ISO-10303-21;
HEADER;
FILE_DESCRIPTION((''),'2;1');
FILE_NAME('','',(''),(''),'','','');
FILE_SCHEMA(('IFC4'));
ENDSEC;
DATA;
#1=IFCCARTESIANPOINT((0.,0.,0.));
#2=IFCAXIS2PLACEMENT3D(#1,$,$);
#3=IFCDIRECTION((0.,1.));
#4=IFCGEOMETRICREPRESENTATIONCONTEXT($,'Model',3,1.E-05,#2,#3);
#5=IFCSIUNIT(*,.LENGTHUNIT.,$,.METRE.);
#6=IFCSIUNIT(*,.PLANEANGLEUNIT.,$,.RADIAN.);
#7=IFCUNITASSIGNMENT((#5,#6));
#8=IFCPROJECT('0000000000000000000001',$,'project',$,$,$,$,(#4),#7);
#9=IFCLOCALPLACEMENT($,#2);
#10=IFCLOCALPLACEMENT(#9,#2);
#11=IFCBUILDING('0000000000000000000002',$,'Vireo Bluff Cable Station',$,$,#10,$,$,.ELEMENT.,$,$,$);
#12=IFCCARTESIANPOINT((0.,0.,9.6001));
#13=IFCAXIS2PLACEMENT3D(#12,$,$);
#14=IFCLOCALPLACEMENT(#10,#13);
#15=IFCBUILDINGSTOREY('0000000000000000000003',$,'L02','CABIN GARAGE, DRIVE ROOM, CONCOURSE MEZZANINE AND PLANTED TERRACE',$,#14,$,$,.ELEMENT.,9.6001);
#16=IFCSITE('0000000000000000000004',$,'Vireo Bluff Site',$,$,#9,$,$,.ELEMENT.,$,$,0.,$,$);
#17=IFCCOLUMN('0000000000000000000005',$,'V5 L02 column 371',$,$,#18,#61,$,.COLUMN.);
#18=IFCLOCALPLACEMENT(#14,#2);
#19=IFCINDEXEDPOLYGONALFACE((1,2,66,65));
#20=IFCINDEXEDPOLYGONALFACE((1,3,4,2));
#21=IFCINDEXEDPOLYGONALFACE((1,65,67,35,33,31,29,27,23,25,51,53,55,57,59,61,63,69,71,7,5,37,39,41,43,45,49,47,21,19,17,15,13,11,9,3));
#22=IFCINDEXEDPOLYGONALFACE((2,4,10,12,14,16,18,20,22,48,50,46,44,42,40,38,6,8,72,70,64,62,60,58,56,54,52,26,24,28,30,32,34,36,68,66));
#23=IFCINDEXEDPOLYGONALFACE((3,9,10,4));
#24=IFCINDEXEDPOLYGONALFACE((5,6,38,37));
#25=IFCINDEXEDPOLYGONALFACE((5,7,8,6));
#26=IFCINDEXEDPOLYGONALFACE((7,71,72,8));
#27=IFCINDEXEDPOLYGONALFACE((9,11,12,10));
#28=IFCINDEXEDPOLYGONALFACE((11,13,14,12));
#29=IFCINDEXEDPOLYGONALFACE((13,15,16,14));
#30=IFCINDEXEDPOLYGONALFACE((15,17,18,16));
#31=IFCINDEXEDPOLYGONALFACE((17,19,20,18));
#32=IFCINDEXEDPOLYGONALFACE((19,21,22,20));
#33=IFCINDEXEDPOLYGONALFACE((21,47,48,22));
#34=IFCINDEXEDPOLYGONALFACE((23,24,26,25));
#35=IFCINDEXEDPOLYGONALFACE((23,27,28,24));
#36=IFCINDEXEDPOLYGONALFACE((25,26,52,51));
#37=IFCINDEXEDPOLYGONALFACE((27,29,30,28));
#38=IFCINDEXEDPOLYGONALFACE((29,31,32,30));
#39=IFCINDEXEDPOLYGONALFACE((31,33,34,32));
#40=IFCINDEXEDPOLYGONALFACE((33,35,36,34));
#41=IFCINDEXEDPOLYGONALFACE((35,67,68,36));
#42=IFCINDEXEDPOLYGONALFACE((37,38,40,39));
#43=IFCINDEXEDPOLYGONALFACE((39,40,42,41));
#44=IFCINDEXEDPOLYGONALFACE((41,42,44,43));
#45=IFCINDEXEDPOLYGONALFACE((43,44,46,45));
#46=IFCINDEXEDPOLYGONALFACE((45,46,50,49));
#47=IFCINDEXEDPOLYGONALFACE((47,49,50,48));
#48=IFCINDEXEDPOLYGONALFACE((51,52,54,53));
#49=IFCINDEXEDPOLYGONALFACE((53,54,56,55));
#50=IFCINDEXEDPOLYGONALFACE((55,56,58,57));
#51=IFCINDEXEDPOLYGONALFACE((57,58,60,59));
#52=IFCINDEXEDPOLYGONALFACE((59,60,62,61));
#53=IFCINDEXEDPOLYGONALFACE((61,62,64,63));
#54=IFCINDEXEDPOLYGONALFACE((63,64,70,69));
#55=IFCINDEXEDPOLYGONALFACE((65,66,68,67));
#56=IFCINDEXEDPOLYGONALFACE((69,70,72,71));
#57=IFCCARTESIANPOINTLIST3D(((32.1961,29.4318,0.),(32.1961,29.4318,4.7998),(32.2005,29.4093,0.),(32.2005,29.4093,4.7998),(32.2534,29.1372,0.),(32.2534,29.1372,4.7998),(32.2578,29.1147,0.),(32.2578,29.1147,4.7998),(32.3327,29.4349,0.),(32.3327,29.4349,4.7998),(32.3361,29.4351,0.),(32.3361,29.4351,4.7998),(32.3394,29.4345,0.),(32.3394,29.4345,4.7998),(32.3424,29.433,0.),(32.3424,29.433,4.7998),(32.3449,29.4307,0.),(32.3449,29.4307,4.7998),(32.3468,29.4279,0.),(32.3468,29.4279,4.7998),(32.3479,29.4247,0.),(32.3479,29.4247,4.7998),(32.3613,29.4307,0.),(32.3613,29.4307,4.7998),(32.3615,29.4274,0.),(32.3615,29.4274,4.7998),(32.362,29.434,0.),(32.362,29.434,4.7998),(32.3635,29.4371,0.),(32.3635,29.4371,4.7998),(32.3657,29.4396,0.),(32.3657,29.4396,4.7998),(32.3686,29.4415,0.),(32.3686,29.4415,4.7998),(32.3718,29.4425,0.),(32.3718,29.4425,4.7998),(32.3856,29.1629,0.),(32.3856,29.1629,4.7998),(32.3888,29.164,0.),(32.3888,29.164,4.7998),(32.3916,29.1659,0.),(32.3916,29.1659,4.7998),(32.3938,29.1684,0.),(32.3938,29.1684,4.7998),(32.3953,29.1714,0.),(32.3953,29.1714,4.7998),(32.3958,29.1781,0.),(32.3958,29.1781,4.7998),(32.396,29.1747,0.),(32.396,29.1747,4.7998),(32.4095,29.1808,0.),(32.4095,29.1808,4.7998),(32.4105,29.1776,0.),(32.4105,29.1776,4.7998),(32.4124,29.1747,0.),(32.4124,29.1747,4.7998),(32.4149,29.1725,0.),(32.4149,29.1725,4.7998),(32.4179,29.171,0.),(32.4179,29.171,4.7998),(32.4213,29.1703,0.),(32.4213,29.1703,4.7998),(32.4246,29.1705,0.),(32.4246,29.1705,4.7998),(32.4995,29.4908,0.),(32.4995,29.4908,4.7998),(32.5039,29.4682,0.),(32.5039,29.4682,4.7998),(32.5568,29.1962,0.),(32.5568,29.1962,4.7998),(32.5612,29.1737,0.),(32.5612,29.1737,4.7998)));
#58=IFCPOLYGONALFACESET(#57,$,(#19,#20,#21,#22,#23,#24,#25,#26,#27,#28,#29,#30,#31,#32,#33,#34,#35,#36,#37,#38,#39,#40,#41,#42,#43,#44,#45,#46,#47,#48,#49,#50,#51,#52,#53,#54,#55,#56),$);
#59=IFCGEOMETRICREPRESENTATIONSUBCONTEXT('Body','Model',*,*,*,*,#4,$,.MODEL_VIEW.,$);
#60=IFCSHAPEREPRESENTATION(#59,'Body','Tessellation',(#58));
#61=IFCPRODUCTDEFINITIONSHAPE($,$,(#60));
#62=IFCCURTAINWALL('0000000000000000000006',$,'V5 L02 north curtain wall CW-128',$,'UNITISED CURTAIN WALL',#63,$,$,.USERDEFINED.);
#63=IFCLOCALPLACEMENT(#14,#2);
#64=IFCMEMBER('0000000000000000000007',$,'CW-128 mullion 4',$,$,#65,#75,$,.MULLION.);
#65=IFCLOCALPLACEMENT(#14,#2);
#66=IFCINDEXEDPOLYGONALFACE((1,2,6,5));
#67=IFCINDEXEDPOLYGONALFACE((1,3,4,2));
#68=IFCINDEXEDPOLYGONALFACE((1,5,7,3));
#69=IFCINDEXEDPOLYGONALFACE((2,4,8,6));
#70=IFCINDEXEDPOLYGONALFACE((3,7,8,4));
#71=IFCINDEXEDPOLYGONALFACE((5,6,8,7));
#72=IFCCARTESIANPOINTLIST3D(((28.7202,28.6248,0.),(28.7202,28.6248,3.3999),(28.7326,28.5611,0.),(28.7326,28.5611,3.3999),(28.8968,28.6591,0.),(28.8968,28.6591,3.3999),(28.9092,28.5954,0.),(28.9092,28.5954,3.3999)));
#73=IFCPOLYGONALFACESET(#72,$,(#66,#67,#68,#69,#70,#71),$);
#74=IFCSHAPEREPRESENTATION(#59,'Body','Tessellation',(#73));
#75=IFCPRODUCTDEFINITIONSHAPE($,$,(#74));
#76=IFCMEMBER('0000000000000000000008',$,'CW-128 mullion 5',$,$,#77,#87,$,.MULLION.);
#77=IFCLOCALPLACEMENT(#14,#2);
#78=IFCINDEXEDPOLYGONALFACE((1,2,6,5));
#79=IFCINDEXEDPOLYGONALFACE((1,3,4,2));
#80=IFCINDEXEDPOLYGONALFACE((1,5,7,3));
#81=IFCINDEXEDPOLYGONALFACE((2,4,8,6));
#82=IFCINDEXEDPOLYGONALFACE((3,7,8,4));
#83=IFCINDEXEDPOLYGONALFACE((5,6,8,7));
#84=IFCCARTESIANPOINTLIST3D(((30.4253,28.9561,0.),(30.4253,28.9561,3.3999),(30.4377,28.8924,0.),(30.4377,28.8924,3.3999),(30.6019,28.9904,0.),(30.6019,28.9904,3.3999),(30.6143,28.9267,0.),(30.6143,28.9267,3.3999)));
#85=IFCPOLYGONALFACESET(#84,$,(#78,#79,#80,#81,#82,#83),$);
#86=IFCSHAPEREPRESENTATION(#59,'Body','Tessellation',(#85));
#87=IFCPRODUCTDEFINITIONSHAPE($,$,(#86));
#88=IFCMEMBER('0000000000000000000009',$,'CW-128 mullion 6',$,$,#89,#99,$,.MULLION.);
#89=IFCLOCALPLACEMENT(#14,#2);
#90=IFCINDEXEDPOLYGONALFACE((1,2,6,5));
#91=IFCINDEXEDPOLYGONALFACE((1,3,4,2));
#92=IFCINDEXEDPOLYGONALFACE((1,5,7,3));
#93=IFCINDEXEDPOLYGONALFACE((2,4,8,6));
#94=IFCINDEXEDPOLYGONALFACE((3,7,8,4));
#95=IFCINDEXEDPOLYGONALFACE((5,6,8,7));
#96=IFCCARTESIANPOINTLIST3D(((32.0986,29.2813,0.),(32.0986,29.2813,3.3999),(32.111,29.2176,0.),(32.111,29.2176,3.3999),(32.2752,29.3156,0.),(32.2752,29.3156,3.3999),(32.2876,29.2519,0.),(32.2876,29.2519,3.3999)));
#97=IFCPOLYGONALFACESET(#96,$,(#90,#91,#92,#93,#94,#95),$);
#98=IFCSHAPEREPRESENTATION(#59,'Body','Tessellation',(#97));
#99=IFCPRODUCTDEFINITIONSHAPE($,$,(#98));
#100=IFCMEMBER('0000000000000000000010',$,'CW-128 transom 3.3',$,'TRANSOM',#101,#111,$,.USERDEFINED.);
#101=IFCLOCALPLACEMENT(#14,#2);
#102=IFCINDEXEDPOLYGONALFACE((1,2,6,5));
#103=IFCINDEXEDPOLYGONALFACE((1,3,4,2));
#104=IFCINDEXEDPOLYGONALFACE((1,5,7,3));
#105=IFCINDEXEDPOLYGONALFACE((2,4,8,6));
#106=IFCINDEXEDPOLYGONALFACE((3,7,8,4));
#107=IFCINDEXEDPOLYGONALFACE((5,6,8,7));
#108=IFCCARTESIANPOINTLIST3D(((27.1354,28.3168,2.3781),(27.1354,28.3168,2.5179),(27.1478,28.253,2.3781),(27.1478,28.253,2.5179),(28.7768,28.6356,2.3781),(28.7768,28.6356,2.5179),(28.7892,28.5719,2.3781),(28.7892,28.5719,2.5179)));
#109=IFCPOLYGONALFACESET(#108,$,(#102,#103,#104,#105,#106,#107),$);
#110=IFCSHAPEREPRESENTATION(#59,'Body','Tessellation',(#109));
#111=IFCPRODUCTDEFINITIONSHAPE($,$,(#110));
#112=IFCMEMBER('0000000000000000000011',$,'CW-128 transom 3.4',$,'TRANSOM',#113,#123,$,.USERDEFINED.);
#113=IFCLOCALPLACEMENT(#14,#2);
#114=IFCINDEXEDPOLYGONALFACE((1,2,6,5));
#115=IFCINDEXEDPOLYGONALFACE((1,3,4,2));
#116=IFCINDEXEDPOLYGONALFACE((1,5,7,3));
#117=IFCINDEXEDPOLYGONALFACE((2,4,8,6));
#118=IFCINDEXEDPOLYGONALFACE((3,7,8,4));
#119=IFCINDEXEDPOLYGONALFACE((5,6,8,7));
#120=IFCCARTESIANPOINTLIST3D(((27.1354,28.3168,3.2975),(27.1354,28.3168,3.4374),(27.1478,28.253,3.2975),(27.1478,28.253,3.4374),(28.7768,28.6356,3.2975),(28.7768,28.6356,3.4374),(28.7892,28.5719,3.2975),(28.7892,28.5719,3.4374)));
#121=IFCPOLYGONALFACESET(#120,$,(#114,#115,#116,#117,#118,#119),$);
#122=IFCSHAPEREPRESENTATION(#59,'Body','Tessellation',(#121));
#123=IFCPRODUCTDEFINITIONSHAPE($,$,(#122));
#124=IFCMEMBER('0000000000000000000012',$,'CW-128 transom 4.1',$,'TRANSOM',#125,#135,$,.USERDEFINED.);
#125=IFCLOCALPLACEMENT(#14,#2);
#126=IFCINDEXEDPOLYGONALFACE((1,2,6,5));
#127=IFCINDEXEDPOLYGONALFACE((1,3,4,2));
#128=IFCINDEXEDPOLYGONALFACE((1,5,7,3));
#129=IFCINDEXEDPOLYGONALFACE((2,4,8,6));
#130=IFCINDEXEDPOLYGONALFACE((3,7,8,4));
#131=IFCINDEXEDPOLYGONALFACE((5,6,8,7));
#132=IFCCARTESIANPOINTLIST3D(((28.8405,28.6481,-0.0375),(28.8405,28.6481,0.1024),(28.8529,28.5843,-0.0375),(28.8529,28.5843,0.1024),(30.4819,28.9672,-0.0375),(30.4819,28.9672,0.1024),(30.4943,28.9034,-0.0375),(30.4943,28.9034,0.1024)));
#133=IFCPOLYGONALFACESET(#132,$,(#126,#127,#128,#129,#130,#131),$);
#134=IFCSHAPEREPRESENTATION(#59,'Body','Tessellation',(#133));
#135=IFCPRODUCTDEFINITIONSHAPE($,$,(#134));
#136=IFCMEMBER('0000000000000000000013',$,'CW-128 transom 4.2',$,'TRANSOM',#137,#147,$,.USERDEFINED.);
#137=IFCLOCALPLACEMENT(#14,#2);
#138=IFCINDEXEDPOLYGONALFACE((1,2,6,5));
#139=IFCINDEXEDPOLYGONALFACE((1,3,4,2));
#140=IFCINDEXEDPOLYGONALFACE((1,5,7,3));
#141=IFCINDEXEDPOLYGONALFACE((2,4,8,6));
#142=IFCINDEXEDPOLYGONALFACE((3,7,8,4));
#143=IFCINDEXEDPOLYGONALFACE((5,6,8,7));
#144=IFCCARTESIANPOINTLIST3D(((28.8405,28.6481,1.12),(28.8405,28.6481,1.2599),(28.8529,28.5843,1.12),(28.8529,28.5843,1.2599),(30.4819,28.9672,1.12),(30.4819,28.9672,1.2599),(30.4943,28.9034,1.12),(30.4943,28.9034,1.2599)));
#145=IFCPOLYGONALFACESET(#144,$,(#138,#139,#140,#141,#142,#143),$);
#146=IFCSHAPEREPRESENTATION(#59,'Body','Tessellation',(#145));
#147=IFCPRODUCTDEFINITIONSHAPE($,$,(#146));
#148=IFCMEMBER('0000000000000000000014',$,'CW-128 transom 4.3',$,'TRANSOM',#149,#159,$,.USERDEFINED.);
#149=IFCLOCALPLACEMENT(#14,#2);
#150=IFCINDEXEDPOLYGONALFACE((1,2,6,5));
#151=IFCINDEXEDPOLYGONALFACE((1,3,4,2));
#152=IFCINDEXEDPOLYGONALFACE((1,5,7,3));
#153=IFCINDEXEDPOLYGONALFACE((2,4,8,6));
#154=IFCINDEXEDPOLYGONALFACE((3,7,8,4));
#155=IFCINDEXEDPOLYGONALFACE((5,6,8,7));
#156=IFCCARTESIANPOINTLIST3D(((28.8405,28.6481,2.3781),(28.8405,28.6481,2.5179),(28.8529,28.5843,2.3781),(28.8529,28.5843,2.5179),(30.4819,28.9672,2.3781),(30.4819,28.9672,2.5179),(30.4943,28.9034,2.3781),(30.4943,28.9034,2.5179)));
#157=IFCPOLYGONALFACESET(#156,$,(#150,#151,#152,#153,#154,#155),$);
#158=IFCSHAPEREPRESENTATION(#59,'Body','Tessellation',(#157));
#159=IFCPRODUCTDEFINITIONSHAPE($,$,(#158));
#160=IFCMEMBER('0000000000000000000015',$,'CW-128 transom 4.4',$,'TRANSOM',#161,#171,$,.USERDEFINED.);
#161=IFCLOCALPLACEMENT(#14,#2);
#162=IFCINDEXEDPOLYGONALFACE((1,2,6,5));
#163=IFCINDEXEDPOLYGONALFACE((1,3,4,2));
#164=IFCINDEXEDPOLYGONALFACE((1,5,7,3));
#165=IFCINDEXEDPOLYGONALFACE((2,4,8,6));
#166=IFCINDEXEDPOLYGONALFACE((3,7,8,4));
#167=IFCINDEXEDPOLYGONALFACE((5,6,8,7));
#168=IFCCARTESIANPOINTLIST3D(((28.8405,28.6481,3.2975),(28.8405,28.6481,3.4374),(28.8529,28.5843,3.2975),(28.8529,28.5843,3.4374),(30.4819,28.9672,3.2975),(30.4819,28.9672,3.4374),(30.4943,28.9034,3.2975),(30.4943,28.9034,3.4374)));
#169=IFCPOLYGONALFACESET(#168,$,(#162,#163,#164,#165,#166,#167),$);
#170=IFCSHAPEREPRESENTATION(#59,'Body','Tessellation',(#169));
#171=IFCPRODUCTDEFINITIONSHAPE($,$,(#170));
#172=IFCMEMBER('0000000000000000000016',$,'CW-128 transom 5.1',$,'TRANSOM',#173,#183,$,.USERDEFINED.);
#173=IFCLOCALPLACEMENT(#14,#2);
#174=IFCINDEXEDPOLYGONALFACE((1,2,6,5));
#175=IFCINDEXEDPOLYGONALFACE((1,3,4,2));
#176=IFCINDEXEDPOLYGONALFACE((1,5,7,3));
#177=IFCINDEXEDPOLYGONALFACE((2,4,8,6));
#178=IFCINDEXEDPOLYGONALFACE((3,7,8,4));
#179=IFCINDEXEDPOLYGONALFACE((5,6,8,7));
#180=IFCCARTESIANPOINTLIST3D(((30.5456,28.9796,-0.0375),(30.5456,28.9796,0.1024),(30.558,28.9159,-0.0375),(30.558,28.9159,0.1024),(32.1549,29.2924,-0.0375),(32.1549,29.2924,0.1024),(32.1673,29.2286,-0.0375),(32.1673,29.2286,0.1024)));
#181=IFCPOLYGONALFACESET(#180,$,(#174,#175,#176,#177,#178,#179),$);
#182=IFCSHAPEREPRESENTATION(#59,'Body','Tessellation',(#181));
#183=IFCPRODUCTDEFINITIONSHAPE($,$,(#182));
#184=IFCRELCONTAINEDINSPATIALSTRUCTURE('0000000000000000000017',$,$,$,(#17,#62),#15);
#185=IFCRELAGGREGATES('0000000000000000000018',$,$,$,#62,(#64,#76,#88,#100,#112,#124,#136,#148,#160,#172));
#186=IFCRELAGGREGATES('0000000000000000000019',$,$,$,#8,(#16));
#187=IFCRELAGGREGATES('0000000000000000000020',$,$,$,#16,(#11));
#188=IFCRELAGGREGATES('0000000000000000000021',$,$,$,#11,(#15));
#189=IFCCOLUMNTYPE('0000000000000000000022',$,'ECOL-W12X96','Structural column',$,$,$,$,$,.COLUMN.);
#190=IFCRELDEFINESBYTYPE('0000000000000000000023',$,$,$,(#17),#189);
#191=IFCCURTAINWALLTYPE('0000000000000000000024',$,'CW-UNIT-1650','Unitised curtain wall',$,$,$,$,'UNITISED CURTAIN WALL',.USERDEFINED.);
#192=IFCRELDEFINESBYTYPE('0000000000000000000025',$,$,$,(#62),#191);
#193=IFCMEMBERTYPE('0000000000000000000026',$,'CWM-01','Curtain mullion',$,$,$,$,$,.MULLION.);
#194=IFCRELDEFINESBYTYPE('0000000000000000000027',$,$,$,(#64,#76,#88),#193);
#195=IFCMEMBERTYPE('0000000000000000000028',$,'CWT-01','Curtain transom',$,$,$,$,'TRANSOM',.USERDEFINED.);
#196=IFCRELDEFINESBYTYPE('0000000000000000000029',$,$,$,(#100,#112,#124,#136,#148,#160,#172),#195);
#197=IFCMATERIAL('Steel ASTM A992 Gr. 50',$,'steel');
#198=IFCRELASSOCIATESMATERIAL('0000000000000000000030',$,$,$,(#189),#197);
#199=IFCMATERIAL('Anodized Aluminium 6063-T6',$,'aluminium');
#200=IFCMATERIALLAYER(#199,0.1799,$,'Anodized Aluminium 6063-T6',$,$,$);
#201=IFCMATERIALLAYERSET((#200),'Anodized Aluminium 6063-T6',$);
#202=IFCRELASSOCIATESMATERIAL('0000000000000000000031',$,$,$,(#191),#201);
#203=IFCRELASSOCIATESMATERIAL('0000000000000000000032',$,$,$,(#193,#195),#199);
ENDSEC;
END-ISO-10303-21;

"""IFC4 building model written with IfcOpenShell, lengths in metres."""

from ifc_helpers import new_model, si_unit, direction, frame, origin, origin_2d, place, context, subcontext, project, spatial, rectangle, i_section, extrude, material, layer, layer_set, material_profile, profile_set, type_object, element, aggregate, save


model = new_model("IFC4")

# Units and contexts
model_context = context("Model", 3, precision=1e-05, world=origin(), true_north=direction((0.0, 1.0)))
body_context = subcontext(model_context, "Body", "Model", "MODEL_VIEW")
ifc_project = project(units=[si_unit("LENGTHUNIT", "METRE"), si_unit("PLANEANGLEUNIT", "RADIAN")], contexts=[model_context])

# Site, building, storey
site_placement = place(None, origin())
site = spatial("IfcSite", under=ifc_project, at=site_placement, Name="Vireo Bluff Site", CompositionType="ELEMENT", RefElevation=0.0)
building_placement = place(site_placement, origin())
building = spatial("IfcBuilding", under=site, at=building_placement, Name="Vireo Bluff Cable Station", CompositionType="ELEMENT")
storey_placement = place(building_placement, frame((0.0, 0.0, 9.6001)))
storey = spatial("IfcBuildingStorey", under=building, at=storey_placement, Name="L02", Description="CABIN GARAGE, DRIVE ROOM, CONCOURSE MEZZANINE AND PLANTED TERRACE", CompositionType="ELEMENT", Elevation=9.6001)

# Column
ifc_material_1 = material(Name="Steel ASTM A992 Gr. 50", Category="steel")
ifc_material_profile_1 = material_profile(ifc_material_1, i_section(OverallWidth=0.3091, OverallDepth=0.323, WebThickness=0.0139, FlangeThickness=0.0229, FilletRadius=0.0129, at=origin_2d()), Name="W12X96")
ifc_profile_set_1 = profile_set([ifc_material_profile_1], Name="Steel ASTM A992 Gr. 50")
column_type = type_object("IfcColumnType", Name="ECOL-W12X96", Description="Structural column", PredefinedType="COLUMN", material=ifc_profile_set_1)
column_placement = place(storey_placement, frame((32.3787, 29.3027, 0.0), z_axis=(0.0, 0.0, 1.0), x_axis=(0.981627, 0.190809, 0.0)))
element("IfcColumn", 1, at=column_placement, inside=storey, type_object=column_type, Name="V5 L02 column 371", PredefinedType="COLUMN", context=body_context, shape_type="SweptSolid", body=[
    extrude(i_section(OverallWidth=0.3091, OverallDepth=0.323, WebThickness=0.0139, FlangeThickness=0.0229, FilletRadius=0.0129, at=origin_2d()), origin(), (0.0, 0.0, 1.0), 4.7998),
])

# Curtain wall, members
ifc_material_2 = material(Name="Anodized Aluminium 6063-T6", Category="aluminium")
ifc_layer_1 = layer(ifc_material_2, 0.1799, Name="Anodized Aluminium 6063-T6")
ifc_layer_set_1 = layer_set([ifc_layer_1], Name="Anodized Aluminium 6063-T6")
curtain_wall_type = type_object("IfcCurtainWallType", Name="CW-UNIT-1650", Description="Unitised curtain wall", ElementType="UNITISED CURTAIN WALL", PredefinedType="USERDEFINED", material=ifc_layer_set_1)
curtain_wall_placement = place(storey_placement, origin())
curtain_wall = element("IfcCurtainWall", 2, at=curtain_wall_placement, inside=storey, type_object=curtain_wall_type, Name="V5 L02 north curtain wall CW-128", ObjectType="UNITISED CURTAIN WALL", PredefinedType="USERDEFINED")
ifc_material_profile_2 = material_profile(ifc_material_2, rectangle(XDim=0.0649, YDim=0.1799, at=origin_2d()), Name="ALU-M-65X180")
ifc_profile_set_2 = profile_set([ifc_material_profile_2], Name="Anodized Aluminium 6063-T6")
member_type_1 = type_object("IfcMemberType", Name="CWM-01", Description="Curtain mullion", PredefinedType="MULLION", material=ifc_profile_set_2)
member_1_placement = place(storey_placement, frame((28.8147, 28.6101, 0.0), z_axis=(0.0, 0.0, 1.0), x_axis=(-0.190809, 0.981627, 0.0)))
member_1 = element("IfcMember", 3, at=member_1_placement, type_object=member_type_1, Name="CW-128 mullion 4", PredefinedType="MULLION", context=body_context, shape_type="SweptSolid", body=[
    extrude(rectangle(XDim=0.0649, YDim=0.1799, at=origin_2d()), origin(), (0.0, 0.0, 1.0), 3.3999),
])
member_2_placement = place(storey_placement, frame((30.5198, 28.9414, 0.0), z_axis=(0.0, 0.0, 1.0), x_axis=(-0.190809, 0.981627, 0.0)))
member_2 = element("IfcMember", 4, at=member_2_placement, type_object=member_type_1, Name="CW-128 mullion 5", PredefinedType="MULLION", context=body_context, shape_type="SweptSolid", body=[
    extrude(rectangle(XDim=0.0649, YDim=0.1799, at=origin_2d()), origin(), (0.0, 0.0, 1.0), 3.3999),
])
member_3_placement = place(storey_placement, frame((32.1931, 29.2666, 0.0), z_axis=(0.0, 0.0, 1.0), x_axis=(-0.190809, 0.981627, 0.0)))
member_3 = element("IfcMember", 5, at=member_3_placement, type_object=member_type_1, Name="CW-128 mullion 6", PredefinedType="MULLION", context=body_context, shape_type="SweptSolid", body=[
    extrude(rectangle(XDim=0.0649, YDim=0.1799, at=origin_2d()), origin(), (0.0, 0.0, 1.0), 3.3999),
])
ifc_material_profile_3 = material_profile(ifc_material_2, rectangle(XDim=0.0649, YDim=0.1399, at=origin_2d()), Name="ALU-T-65X140")
ifc_profile_set_3 = profile_set([ifc_material_profile_3], Name="Anodized Aluminium 6063-T6")
member_type_2 = type_object("IfcMemberType", Name="CWT-01", Description="Curtain transom", ElementType="TRANSOM", PredefinedType="USERDEFINED", material=ifc_profile_set_3)
member_4_placement = place(storey_placement, frame((27.1416, 28.2849, 2.448), z_axis=(0.98165, 0.190694, 0.0), x_axis=(-0.190694, 0.98165, 0.0)))
member_4 = element("IfcMember", 6, at=member_4_placement, type_object=member_type_2, Name="CW-128 transom 3.3", ObjectType="TRANSOM", PredefinedType="USERDEFINED", context=body_context, shape_type="SweptSolid", body=[
    extrude(rectangle(XDim=0.0649, YDim=0.1399, at=origin_2d()), origin(), (0.0, 0.0, 1.0), 1.6721),
])
member_5_placement = place(storey_placement, frame((27.1416, 28.2849, 3.3674), z_axis=(0.98165, 0.190694, 0.0), x_axis=(-0.190694, 0.98165, 0.0)))
member_5 = element("IfcMember", 7, at=member_5_placement, type_object=member_type_2, Name="CW-128 transom 3.4", ObjectType="TRANSOM", PredefinedType="USERDEFINED", context=body_context, shape_type="SweptSolid", body=[
    extrude(rectangle(XDim=0.0649, YDim=0.1399, at=origin_2d()), origin(), (0.0, 0.0, 1.0), 1.6721),
])
member_6_placement = place(storey_placement, frame((28.8467, 28.6162, 0.0325), z_axis=(0.981622, 0.190834, 0.0), x_axis=(-0.190834, 0.981622, 0.0)))
member_6 = element("IfcMember", 8, at=member_6_placement, type_object=member_type_2, Name="CW-128 transom 4.1", ObjectType="TRANSOM", PredefinedType="USERDEFINED", context=body_context, shape_type="SweptSolid", body=[
    extrude(rectangle(XDim=0.0649, YDim=0.1399, at=origin_2d()), origin(), (0.0, 0.0, 1.0), 1.6721),
])
member_7_placement = place(storey_placement, frame((28.8467, 28.6162, 1.1899), z_axis=(0.981622, 0.190834, 0.0), x_axis=(-0.190834, 0.981622, 0.0)))
member_7 = element("IfcMember", 9, at=member_7_placement, type_object=member_type_2, Name="CW-128 transom 4.2", ObjectType="TRANSOM", PredefinedType="USERDEFINED", context=body_context, shape_type="SweptSolid", body=[
    extrude(rectangle(XDim=0.0649, YDim=0.1399, at=origin_2d()), origin(), (0.0, 0.0, 1.0), 1.6721),
])
member_8_placement = place(storey_placement, frame((28.8467, 28.6162, 2.448), z_axis=(0.981622, 0.190834, 0.0), x_axis=(-0.190834, 0.981622, 0.0)))
member_8 = element("IfcMember", 10, at=member_8_placement, type_object=member_type_2, Name="CW-128 transom 4.3", ObjectType="TRANSOM", PredefinedType="USERDEFINED", context=body_context, shape_type="SweptSolid", body=[
    extrude(rectangle(XDim=0.0649, YDim=0.1399, at=origin_2d()), origin(), (0.0, 0.0, 1.0), 1.6721),
])
member_9_placement = place(storey_placement, frame((28.8467, 28.6162, 3.3674), z_axis=(0.981622, 0.190834, 0.0), x_axis=(-0.190834, 0.981622, 0.0)))
member_9 = element("IfcMember", 11, at=member_9_placement, type_object=member_type_2, Name="CW-128 transom 4.4", ObjectType="TRANSOM", PredefinedType="USERDEFINED", context=body_context, shape_type="SweptSolid", body=[
    extrude(rectangle(XDim=0.0649, YDim=0.1399, at=origin_2d()), origin(), (0.0, 0.0, 1.0), 1.6721),
])
member_10_placement = place(storey_placement, frame((30.5518, 28.9478, 0.0325), z_axis=(0.981637, 0.190758, 0.0), x_axis=(-0.190758, 0.981637, 0.0)))
member_10 = element("IfcMember", 12, at=member_10_placement, type_object=member_type_2, Name="CW-128 transom 5.1", ObjectType="TRANSOM", PredefinedType="USERDEFINED", context=body_context, shape_type="SweptSolid", body=[
    extrude(rectangle(XDim=0.0649, YDim=0.1399, at=origin_2d()), origin(), (0.0, 0.0, 1.0), 1.6394),
])
aggregate(curtain_wall, [member_1, member_2, member_3, member_4, member_5, member_6, member_7, member_8, member_9, member_10])

save(model, "model.ifc")
